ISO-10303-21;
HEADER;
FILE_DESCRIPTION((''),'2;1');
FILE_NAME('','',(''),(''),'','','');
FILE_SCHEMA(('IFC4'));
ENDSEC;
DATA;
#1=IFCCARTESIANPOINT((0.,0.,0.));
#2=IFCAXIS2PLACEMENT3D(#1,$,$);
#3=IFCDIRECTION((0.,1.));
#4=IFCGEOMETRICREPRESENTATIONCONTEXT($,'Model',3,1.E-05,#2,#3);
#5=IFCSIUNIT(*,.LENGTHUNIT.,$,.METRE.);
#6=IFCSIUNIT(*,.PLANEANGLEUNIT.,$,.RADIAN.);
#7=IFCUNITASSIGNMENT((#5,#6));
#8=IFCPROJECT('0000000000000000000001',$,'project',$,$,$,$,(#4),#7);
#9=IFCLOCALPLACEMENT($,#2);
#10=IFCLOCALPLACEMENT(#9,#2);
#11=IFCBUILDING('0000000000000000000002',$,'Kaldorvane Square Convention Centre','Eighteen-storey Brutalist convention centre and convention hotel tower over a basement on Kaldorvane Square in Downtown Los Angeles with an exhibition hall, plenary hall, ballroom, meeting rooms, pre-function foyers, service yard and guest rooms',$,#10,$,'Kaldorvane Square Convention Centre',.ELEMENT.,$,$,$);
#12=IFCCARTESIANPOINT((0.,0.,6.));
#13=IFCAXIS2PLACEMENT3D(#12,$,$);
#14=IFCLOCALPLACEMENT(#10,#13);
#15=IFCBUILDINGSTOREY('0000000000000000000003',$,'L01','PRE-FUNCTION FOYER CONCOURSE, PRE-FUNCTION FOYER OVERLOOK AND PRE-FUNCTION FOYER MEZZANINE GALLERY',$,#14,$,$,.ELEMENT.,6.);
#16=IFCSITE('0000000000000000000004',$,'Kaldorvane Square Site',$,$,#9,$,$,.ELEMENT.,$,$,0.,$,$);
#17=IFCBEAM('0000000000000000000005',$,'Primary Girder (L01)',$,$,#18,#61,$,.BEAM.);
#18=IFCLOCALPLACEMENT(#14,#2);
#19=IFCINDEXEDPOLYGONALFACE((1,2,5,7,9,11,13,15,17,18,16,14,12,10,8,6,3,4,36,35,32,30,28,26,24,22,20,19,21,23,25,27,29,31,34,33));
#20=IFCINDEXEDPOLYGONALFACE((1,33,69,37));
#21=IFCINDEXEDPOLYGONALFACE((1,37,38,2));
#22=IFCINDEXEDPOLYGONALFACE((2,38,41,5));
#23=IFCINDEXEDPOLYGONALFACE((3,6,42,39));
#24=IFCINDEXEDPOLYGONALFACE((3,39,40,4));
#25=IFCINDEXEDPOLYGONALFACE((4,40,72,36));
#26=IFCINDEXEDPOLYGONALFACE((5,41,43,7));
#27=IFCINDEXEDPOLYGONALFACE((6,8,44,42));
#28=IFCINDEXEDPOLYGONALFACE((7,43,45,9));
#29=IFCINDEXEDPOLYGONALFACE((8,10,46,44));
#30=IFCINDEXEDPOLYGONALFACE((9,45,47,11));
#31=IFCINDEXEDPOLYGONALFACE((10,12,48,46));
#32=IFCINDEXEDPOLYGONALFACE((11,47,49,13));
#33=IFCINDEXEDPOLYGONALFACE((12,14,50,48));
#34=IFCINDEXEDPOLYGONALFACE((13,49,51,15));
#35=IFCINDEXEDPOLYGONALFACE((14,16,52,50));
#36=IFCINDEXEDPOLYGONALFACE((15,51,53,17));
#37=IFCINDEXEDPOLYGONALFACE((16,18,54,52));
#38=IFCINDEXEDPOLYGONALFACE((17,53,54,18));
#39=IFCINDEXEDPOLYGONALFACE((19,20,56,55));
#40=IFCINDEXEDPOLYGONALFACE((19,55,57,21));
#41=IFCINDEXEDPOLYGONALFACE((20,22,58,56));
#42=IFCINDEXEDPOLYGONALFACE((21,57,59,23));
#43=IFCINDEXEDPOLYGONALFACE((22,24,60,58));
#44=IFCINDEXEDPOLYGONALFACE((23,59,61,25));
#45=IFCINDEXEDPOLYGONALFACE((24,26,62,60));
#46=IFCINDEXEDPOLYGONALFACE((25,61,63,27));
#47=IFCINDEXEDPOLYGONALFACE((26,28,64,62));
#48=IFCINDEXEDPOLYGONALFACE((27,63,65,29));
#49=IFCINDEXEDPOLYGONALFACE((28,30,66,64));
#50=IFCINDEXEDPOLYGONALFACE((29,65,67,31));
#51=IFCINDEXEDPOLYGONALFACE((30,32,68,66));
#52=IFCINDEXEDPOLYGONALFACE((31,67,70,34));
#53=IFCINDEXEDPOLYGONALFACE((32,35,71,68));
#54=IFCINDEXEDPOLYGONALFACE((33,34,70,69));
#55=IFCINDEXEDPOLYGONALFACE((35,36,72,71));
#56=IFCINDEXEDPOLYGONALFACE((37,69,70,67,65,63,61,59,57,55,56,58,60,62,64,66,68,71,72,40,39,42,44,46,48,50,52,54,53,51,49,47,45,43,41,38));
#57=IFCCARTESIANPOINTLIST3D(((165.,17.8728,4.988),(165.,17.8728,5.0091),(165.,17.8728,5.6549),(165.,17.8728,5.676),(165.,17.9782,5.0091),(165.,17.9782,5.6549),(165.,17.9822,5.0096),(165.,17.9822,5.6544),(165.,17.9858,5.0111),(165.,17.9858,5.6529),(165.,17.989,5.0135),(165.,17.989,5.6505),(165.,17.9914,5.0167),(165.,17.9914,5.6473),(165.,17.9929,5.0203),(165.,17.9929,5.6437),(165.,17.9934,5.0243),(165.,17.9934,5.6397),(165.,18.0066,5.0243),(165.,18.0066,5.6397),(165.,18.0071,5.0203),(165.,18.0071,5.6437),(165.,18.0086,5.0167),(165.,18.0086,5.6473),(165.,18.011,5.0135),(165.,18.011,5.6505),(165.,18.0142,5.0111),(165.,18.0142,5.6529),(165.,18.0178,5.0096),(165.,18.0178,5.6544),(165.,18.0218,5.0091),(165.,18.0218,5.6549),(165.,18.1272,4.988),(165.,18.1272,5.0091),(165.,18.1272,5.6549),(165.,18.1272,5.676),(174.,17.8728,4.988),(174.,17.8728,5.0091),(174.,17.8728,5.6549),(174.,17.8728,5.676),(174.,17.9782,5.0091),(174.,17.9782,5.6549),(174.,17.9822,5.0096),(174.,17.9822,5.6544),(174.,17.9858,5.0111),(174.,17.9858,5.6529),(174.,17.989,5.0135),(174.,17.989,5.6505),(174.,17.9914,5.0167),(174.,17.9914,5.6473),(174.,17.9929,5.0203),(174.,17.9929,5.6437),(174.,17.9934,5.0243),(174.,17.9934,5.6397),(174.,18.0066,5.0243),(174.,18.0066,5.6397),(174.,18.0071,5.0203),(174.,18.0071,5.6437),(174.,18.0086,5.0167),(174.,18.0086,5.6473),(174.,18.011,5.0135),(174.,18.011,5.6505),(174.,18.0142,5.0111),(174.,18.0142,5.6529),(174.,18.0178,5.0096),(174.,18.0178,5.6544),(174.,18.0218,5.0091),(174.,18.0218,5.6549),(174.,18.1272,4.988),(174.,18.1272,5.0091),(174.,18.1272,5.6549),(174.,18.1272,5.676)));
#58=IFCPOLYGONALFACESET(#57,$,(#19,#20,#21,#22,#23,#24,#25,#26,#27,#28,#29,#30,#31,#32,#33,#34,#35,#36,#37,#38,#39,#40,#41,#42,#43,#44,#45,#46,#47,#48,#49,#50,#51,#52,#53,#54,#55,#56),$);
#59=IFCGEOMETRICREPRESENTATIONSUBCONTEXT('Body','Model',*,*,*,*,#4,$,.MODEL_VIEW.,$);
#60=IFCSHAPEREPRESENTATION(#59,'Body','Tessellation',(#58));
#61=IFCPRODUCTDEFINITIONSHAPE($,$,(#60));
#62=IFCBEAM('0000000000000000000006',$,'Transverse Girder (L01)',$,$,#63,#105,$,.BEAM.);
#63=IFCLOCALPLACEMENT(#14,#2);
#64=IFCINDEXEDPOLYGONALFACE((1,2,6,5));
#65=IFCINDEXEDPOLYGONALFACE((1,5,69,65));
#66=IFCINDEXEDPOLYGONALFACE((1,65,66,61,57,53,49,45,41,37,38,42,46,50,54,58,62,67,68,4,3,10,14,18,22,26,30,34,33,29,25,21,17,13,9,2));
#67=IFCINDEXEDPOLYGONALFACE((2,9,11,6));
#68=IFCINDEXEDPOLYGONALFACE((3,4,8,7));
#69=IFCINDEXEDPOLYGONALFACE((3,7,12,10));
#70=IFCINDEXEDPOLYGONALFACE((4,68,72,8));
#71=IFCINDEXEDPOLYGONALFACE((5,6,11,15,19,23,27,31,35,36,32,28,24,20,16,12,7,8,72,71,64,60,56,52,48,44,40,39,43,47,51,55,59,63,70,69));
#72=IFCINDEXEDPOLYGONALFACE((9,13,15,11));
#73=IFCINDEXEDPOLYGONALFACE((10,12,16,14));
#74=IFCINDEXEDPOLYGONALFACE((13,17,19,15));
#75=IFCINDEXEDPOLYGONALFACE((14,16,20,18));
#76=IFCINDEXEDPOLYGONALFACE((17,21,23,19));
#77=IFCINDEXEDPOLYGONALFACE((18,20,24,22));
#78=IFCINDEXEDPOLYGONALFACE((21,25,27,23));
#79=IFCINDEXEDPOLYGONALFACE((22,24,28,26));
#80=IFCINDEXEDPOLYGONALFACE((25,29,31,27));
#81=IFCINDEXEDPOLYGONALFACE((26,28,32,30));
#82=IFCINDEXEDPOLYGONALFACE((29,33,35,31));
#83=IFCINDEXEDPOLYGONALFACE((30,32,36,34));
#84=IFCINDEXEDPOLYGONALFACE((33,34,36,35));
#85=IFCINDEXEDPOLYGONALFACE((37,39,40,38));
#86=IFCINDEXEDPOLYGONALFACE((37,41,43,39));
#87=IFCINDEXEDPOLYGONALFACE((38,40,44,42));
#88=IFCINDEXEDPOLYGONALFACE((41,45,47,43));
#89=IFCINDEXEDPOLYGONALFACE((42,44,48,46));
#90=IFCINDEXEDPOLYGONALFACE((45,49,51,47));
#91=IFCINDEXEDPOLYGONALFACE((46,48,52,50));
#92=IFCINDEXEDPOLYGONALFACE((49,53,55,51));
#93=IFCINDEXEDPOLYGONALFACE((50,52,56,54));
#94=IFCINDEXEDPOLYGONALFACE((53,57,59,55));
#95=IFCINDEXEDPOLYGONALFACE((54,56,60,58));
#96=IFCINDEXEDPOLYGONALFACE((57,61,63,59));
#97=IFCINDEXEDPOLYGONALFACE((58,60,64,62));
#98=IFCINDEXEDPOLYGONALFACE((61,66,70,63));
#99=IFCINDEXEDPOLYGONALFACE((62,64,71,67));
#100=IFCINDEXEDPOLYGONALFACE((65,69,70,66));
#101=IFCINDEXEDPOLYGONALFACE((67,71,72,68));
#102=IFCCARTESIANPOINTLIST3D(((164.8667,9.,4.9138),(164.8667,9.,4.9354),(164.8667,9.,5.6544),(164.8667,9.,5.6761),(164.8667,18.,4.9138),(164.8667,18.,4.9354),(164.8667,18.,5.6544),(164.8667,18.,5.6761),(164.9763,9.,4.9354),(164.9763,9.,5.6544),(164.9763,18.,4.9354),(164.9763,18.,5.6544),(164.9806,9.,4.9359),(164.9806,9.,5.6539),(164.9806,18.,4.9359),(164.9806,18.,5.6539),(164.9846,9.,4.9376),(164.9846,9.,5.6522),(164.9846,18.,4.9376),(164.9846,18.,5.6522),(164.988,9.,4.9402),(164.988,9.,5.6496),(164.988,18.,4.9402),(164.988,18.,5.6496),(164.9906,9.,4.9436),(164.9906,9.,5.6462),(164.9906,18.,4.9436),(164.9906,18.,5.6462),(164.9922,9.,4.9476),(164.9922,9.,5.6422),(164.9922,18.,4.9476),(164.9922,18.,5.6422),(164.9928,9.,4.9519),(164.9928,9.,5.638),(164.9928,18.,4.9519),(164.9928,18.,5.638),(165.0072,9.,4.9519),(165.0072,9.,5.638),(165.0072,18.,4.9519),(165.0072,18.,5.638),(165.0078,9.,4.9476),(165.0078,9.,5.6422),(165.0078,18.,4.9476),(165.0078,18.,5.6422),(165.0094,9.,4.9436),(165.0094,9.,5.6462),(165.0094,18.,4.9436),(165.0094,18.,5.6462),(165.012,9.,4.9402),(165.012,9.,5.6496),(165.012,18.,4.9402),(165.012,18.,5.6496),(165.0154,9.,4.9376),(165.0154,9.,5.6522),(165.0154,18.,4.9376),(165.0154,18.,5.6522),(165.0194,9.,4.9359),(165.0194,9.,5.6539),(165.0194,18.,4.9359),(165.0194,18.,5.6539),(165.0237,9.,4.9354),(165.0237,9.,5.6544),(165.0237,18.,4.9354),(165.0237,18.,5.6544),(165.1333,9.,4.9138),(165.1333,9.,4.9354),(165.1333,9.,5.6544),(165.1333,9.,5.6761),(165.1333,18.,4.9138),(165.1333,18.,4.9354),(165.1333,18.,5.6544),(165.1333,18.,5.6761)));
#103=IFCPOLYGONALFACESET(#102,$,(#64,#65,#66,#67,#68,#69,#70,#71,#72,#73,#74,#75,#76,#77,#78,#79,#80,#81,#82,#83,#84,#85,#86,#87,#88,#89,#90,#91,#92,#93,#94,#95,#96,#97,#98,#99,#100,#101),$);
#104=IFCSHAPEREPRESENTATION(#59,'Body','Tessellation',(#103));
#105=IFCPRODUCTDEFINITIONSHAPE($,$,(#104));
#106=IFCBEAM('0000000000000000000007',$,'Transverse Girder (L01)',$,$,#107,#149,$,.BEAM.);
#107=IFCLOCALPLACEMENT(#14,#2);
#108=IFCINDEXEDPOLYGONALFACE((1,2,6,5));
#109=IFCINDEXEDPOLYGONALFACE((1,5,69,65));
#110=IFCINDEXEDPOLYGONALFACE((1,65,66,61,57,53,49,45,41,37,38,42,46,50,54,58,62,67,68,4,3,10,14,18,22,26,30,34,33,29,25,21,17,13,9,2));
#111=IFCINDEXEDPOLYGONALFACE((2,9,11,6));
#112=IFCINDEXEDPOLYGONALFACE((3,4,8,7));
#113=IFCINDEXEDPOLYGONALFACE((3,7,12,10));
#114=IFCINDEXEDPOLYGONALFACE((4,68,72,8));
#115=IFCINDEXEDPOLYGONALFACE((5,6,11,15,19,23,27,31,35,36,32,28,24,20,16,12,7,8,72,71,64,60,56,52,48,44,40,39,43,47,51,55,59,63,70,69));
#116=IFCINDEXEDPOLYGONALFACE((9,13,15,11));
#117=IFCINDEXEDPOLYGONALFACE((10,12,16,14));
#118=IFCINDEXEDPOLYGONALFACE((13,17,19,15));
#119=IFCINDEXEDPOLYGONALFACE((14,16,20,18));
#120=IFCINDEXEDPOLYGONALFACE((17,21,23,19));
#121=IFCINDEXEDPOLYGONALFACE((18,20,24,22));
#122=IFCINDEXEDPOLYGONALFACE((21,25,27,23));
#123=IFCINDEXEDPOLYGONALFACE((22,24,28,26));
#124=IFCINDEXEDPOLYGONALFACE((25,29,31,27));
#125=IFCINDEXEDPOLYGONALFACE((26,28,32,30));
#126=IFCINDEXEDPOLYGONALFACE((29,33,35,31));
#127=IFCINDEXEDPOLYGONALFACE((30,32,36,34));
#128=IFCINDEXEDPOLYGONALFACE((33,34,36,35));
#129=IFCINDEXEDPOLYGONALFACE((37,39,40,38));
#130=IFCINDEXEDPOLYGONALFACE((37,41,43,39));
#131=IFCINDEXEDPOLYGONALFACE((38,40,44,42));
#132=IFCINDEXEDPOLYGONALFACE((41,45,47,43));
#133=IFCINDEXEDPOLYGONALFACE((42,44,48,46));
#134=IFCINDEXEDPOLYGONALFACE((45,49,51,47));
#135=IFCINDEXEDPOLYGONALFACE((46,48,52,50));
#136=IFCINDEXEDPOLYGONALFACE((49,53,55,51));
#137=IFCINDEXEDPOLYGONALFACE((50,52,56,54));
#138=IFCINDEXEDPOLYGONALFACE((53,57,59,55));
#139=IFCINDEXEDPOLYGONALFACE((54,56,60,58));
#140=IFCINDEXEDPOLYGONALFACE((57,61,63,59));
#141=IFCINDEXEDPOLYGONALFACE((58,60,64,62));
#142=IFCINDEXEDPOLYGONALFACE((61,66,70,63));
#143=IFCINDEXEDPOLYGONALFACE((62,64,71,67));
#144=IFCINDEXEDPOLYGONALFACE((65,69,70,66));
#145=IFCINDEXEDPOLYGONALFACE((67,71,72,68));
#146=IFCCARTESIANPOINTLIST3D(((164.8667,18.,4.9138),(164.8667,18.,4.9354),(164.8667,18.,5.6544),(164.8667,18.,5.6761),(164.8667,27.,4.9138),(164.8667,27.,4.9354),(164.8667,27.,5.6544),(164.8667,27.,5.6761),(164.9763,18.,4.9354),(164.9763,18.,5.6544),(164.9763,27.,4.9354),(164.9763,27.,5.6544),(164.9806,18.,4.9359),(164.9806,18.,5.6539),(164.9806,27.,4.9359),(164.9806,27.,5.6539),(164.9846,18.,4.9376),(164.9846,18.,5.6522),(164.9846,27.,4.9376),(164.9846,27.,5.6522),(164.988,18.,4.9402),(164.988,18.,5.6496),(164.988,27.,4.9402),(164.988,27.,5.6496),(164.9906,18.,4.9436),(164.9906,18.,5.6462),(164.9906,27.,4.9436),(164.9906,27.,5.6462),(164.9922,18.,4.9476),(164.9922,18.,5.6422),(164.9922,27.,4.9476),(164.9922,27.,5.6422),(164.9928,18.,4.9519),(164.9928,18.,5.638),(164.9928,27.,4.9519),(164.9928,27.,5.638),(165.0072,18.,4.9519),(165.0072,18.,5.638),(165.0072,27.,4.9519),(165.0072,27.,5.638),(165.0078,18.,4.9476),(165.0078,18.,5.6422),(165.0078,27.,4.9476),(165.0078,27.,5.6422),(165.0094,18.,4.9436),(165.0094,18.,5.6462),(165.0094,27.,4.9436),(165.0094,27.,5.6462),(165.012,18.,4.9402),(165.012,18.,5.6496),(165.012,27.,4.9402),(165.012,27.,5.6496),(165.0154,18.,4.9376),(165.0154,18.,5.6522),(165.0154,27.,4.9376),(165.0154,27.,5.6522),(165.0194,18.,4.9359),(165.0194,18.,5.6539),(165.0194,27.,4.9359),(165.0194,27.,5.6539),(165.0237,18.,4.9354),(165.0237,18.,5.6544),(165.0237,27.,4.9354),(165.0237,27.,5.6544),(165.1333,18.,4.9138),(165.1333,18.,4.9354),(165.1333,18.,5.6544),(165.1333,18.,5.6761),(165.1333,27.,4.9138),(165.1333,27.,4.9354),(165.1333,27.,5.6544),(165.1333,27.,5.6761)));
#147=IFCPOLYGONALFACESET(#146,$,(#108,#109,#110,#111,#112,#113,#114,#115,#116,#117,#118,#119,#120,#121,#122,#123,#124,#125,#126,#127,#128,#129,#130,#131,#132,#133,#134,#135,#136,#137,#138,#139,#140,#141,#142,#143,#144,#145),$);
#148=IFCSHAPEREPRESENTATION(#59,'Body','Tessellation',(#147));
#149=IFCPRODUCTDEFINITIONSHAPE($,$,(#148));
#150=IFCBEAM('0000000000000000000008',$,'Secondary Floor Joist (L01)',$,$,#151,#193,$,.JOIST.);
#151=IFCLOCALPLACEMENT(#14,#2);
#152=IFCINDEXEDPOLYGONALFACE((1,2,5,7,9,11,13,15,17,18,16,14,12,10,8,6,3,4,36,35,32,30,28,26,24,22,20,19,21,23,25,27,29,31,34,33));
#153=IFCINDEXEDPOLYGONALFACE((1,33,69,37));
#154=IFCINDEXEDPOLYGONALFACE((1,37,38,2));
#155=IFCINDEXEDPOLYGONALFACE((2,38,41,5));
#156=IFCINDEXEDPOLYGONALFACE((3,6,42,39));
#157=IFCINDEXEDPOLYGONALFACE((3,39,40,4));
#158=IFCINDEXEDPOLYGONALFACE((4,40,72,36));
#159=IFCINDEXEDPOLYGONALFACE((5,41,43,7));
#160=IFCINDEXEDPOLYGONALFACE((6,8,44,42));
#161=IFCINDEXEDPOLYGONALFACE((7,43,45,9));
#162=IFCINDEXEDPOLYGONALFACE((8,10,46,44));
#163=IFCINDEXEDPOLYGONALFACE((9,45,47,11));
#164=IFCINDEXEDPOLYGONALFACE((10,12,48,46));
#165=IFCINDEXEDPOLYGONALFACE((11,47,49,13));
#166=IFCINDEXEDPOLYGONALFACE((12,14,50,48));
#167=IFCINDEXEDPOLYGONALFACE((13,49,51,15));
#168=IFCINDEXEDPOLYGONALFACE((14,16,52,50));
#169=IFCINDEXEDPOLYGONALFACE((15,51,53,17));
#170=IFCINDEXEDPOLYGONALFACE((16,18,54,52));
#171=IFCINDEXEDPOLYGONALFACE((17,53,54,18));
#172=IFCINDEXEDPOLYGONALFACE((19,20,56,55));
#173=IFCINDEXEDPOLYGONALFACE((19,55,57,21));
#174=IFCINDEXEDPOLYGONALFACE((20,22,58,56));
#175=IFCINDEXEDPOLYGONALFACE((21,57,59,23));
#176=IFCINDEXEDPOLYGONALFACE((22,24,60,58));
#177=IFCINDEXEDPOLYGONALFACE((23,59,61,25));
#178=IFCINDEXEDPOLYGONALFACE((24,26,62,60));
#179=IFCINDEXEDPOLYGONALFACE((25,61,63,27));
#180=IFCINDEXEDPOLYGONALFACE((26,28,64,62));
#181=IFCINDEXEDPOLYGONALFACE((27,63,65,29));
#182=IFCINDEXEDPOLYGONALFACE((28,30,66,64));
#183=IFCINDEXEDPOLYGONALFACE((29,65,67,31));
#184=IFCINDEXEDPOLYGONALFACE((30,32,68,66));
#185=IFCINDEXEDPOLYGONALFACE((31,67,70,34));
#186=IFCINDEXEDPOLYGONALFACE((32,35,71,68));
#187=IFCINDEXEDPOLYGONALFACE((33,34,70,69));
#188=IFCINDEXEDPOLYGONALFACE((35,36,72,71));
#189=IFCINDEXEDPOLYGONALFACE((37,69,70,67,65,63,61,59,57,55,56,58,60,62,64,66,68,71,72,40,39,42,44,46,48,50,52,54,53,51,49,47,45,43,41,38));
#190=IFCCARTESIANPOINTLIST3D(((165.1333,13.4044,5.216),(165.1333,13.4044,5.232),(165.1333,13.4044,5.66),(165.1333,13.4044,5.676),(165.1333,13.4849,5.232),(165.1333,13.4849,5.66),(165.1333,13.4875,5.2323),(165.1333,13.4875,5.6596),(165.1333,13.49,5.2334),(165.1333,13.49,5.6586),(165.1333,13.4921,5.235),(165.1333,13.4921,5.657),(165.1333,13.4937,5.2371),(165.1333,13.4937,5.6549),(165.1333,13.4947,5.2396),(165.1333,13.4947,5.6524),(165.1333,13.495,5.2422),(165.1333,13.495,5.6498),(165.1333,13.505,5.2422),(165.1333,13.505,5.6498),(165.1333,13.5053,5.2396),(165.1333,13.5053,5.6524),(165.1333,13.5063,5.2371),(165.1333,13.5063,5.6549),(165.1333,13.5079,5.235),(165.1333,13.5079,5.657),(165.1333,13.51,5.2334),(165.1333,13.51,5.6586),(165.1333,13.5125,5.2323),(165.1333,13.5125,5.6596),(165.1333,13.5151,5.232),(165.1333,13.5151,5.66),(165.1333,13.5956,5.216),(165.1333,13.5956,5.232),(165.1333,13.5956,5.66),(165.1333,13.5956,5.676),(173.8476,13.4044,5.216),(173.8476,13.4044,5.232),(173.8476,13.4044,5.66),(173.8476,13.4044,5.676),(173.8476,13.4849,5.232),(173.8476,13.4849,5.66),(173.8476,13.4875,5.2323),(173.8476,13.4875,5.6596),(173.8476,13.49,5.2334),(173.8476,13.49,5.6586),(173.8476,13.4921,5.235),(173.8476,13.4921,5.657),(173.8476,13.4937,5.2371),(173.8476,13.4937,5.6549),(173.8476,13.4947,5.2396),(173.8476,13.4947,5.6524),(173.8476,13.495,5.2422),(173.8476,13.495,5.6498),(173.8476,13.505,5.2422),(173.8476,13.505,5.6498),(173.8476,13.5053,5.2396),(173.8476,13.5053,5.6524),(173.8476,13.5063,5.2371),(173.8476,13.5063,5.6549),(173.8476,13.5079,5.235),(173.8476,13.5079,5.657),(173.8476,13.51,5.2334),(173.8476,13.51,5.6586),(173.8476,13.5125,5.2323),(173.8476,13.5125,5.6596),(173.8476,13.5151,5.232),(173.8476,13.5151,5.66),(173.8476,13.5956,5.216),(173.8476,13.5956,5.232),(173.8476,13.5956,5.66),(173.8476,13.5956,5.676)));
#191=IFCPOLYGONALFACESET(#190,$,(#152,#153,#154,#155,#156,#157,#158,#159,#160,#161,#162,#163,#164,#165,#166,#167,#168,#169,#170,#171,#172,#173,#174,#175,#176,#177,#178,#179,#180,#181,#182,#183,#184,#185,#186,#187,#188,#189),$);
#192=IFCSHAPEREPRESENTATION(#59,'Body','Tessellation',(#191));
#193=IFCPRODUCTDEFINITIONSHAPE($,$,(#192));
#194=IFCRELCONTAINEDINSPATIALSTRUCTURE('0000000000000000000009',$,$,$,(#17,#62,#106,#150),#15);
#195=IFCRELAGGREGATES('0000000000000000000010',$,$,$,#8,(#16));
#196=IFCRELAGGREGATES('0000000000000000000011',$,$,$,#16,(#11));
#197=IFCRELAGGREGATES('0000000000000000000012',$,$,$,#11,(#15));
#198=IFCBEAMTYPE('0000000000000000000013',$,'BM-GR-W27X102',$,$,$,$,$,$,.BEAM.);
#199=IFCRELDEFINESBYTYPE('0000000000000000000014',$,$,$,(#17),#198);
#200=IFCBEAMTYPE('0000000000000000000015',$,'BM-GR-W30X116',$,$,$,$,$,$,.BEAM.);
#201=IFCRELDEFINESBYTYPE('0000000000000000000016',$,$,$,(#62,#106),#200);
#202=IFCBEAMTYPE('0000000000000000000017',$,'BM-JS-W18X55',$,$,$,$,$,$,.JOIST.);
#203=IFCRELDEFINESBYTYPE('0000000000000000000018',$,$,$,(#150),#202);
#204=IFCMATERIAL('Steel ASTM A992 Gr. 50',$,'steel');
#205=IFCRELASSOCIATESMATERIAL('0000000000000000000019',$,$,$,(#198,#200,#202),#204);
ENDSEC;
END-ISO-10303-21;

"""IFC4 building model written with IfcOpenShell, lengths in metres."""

from ifc_helpers import new_model, si_unit, direction, frame, origin, origin_2d, place, context, subcontext, project, spatial, i_section, extrude, material, material_profile, profile_set, type_object, element, save


model = new_model("IFC4")

# Units and contexts
model_context = context("Model", 3, precision=1e-05, world=origin(), true_north=direction((0.0, 1.0)))
body_context = subcontext(model_context, "Body", "Model", "MODEL_VIEW")
ifc_project = project(units=[si_unit("LENGTHUNIT", "METRE"), si_unit("PLANEANGLEUNIT", "RADIAN")], contexts=[model_context])

# Site, building, storey
site_placement = place(None, origin())
site = spatial("IfcSite", under=ifc_project, at=site_placement, Name="Kaldorvane Square Site", CompositionType="ELEMENT", RefElevation=0.0)
building_placement = place(site_placement, origin())
building = spatial("IfcBuilding", under=site, at=building_placement, Name="Kaldorvane Square Convention Centre", Description="Eighteen-storey Brutalist convention centre and convention hotel tower over a basement on Kaldorvane Square in Downtown Los Angeles with an exhibition hall, plenary hall, ballroom, meeting rooms, pre-function foyers, service yard and guest rooms", LongName="Kaldorvane Square Convention Centre", CompositionType="ELEMENT")
storey_placement = place(building_placement, frame((0.0, 0.0, 6.0)))
storey = spatial("IfcBuildingStorey", under=building, at=storey_placement, Name="L01", Description="PRE-FUNCTION FOYER CONCOURSE, PRE-FUNCTION FOYER OVERLOOK AND PRE-FUNCTION FOYER MEZZANINE GALLERY", CompositionType="ELEMENT", Elevation=6.0)

# Shared definitions
ifc_material_1 = material(Name="Steel ASTM A992 Gr. 50", Category="steel")

# Beams
ifc_material_profile_1 = material_profile(ifc_material_1, i_section(OverallWidth=0.2544, OverallDepth=0.6881, WebThickness=0.0131, FlangeThickness=0.0211, FilletRadius=0.0152, at=origin_2d()), Name="W27X102")
ifc_profile_set_1 = profile_set([ifc_material_profile_1], Name="Steel ASTM A992 Gr. 50")
beam_type_1 = type_object("IfcBeamType", Name="BM-GR-W27X102", PredefinedType="BEAM", material=ifc_profile_set_1)
beam_placement = place(storey_placement, frame((165.0, 18.0, 5.332), z_axis=(1.0, 0.0, 0.0), x_axis=(0.0, 1.0, 0.0)))
element("IfcBeam", 1, at=beam_placement, inside=storey, type_object=beam_type_1, Name="Primary Girder (L01)", PredefinedType="BEAM", context=body_context, shape_type="SweptSolid", body=[
    extrude(i_section(OverallWidth=0.2544, OverallDepth=0.6881, WebThickness=0.0131, FlangeThickness=0.0211, FilletRadius=0.0152, at=origin_2d()), origin(), (0.0, 0.0, 1.0), 9.0),
])
ifc_material_profile_2 = material_profile(ifc_material_1, i_section(OverallWidth=0.2666, OverallDepth=0.7623, WebThickness=0.0144, FlangeThickness=0.0216, FilletRadius=0.0165, at=origin_2d()), Name="W30X116")
ifc_profile_set_2 = profile_set([ifc_material_profile_2], Name="Steel ASTM A992 Gr. 50")
beam_type_2 = type_object("IfcBeamType", Name="BM-GR-W30X116", PredefinedType="BEAM", material=ifc_profile_set_2)
for number, where, z_axis, x_axis, name in (
    (2, (165.0, 9.0, 5.2949), (0.0, 1.0, 0.0), (-1.0, 0.0, 0.0), "Transverse Girder (L01)"),
    (3, (165.0, 18.0, 5.2949), (0.0, 1.0, 0.0), (-1.0, 0.0, 0.0), "Transverse Girder (L01)"),
):
    element("IfcBeam", number, at=place(storey_placement, frame(where, z_axis=z_axis, x_axis=x_axis)), inside=storey, type_object=beam_type_2, Name=name, PredefinedType="BEAM", context=body_context, shape_type="SweptSolid", body=[
        extrude(i_section(OverallWidth=0.2666, OverallDepth=0.7623, WebThickness=0.0144, FlangeThickness=0.0216, FilletRadius=0.0165, at=origin_2d()), origin(), (0.0, 0.0, 1.0), 9.0),
    ])
ifc_material_profile_3 = material_profile(ifc_material_1, i_section(OverallWidth=0.1913, OverallDepth=0.46, WebThickness=0.0099, FlangeThickness=0.016, FilletRadius=0.0102, at=origin_2d()), Name="W18X55")
ifc_profile_set_3 = profile_set([ifc_material_profile_3], Name="Steel ASTM A992 Gr. 50")
beam_type_3 = type_object("IfcBeamType", Name="BM-JS-W18X55", PredefinedType="JOIST", material=ifc_profile_set_3)
for number, where, z_axis, x_axis, name in (
    (4, (165.1333, 13.5, 5.446), (1.0, 0.0, 0.0), (0.0, 1.0, 0.0), "Secondary Floor Joist (L01)"),
):
    element("IfcBeam", number, at=place(storey_placement, frame(where, z_axis=z_axis, x_axis=x_axis)), inside=storey, type_object=beam_type_3, Name=name, PredefinedType="JOIST", context=body_context, shape_type="SweptSolid", body=[
        extrude(i_section(OverallWidth=0.1913, OverallDepth=0.46, WebThickness=0.0099, FlangeThickness=0.016, FilletRadius=0.0102, at=origin_2d()), origin(), (0.0, 0.0, 1.0), 8.7143),
    ])

save(model, "model.ifc")
